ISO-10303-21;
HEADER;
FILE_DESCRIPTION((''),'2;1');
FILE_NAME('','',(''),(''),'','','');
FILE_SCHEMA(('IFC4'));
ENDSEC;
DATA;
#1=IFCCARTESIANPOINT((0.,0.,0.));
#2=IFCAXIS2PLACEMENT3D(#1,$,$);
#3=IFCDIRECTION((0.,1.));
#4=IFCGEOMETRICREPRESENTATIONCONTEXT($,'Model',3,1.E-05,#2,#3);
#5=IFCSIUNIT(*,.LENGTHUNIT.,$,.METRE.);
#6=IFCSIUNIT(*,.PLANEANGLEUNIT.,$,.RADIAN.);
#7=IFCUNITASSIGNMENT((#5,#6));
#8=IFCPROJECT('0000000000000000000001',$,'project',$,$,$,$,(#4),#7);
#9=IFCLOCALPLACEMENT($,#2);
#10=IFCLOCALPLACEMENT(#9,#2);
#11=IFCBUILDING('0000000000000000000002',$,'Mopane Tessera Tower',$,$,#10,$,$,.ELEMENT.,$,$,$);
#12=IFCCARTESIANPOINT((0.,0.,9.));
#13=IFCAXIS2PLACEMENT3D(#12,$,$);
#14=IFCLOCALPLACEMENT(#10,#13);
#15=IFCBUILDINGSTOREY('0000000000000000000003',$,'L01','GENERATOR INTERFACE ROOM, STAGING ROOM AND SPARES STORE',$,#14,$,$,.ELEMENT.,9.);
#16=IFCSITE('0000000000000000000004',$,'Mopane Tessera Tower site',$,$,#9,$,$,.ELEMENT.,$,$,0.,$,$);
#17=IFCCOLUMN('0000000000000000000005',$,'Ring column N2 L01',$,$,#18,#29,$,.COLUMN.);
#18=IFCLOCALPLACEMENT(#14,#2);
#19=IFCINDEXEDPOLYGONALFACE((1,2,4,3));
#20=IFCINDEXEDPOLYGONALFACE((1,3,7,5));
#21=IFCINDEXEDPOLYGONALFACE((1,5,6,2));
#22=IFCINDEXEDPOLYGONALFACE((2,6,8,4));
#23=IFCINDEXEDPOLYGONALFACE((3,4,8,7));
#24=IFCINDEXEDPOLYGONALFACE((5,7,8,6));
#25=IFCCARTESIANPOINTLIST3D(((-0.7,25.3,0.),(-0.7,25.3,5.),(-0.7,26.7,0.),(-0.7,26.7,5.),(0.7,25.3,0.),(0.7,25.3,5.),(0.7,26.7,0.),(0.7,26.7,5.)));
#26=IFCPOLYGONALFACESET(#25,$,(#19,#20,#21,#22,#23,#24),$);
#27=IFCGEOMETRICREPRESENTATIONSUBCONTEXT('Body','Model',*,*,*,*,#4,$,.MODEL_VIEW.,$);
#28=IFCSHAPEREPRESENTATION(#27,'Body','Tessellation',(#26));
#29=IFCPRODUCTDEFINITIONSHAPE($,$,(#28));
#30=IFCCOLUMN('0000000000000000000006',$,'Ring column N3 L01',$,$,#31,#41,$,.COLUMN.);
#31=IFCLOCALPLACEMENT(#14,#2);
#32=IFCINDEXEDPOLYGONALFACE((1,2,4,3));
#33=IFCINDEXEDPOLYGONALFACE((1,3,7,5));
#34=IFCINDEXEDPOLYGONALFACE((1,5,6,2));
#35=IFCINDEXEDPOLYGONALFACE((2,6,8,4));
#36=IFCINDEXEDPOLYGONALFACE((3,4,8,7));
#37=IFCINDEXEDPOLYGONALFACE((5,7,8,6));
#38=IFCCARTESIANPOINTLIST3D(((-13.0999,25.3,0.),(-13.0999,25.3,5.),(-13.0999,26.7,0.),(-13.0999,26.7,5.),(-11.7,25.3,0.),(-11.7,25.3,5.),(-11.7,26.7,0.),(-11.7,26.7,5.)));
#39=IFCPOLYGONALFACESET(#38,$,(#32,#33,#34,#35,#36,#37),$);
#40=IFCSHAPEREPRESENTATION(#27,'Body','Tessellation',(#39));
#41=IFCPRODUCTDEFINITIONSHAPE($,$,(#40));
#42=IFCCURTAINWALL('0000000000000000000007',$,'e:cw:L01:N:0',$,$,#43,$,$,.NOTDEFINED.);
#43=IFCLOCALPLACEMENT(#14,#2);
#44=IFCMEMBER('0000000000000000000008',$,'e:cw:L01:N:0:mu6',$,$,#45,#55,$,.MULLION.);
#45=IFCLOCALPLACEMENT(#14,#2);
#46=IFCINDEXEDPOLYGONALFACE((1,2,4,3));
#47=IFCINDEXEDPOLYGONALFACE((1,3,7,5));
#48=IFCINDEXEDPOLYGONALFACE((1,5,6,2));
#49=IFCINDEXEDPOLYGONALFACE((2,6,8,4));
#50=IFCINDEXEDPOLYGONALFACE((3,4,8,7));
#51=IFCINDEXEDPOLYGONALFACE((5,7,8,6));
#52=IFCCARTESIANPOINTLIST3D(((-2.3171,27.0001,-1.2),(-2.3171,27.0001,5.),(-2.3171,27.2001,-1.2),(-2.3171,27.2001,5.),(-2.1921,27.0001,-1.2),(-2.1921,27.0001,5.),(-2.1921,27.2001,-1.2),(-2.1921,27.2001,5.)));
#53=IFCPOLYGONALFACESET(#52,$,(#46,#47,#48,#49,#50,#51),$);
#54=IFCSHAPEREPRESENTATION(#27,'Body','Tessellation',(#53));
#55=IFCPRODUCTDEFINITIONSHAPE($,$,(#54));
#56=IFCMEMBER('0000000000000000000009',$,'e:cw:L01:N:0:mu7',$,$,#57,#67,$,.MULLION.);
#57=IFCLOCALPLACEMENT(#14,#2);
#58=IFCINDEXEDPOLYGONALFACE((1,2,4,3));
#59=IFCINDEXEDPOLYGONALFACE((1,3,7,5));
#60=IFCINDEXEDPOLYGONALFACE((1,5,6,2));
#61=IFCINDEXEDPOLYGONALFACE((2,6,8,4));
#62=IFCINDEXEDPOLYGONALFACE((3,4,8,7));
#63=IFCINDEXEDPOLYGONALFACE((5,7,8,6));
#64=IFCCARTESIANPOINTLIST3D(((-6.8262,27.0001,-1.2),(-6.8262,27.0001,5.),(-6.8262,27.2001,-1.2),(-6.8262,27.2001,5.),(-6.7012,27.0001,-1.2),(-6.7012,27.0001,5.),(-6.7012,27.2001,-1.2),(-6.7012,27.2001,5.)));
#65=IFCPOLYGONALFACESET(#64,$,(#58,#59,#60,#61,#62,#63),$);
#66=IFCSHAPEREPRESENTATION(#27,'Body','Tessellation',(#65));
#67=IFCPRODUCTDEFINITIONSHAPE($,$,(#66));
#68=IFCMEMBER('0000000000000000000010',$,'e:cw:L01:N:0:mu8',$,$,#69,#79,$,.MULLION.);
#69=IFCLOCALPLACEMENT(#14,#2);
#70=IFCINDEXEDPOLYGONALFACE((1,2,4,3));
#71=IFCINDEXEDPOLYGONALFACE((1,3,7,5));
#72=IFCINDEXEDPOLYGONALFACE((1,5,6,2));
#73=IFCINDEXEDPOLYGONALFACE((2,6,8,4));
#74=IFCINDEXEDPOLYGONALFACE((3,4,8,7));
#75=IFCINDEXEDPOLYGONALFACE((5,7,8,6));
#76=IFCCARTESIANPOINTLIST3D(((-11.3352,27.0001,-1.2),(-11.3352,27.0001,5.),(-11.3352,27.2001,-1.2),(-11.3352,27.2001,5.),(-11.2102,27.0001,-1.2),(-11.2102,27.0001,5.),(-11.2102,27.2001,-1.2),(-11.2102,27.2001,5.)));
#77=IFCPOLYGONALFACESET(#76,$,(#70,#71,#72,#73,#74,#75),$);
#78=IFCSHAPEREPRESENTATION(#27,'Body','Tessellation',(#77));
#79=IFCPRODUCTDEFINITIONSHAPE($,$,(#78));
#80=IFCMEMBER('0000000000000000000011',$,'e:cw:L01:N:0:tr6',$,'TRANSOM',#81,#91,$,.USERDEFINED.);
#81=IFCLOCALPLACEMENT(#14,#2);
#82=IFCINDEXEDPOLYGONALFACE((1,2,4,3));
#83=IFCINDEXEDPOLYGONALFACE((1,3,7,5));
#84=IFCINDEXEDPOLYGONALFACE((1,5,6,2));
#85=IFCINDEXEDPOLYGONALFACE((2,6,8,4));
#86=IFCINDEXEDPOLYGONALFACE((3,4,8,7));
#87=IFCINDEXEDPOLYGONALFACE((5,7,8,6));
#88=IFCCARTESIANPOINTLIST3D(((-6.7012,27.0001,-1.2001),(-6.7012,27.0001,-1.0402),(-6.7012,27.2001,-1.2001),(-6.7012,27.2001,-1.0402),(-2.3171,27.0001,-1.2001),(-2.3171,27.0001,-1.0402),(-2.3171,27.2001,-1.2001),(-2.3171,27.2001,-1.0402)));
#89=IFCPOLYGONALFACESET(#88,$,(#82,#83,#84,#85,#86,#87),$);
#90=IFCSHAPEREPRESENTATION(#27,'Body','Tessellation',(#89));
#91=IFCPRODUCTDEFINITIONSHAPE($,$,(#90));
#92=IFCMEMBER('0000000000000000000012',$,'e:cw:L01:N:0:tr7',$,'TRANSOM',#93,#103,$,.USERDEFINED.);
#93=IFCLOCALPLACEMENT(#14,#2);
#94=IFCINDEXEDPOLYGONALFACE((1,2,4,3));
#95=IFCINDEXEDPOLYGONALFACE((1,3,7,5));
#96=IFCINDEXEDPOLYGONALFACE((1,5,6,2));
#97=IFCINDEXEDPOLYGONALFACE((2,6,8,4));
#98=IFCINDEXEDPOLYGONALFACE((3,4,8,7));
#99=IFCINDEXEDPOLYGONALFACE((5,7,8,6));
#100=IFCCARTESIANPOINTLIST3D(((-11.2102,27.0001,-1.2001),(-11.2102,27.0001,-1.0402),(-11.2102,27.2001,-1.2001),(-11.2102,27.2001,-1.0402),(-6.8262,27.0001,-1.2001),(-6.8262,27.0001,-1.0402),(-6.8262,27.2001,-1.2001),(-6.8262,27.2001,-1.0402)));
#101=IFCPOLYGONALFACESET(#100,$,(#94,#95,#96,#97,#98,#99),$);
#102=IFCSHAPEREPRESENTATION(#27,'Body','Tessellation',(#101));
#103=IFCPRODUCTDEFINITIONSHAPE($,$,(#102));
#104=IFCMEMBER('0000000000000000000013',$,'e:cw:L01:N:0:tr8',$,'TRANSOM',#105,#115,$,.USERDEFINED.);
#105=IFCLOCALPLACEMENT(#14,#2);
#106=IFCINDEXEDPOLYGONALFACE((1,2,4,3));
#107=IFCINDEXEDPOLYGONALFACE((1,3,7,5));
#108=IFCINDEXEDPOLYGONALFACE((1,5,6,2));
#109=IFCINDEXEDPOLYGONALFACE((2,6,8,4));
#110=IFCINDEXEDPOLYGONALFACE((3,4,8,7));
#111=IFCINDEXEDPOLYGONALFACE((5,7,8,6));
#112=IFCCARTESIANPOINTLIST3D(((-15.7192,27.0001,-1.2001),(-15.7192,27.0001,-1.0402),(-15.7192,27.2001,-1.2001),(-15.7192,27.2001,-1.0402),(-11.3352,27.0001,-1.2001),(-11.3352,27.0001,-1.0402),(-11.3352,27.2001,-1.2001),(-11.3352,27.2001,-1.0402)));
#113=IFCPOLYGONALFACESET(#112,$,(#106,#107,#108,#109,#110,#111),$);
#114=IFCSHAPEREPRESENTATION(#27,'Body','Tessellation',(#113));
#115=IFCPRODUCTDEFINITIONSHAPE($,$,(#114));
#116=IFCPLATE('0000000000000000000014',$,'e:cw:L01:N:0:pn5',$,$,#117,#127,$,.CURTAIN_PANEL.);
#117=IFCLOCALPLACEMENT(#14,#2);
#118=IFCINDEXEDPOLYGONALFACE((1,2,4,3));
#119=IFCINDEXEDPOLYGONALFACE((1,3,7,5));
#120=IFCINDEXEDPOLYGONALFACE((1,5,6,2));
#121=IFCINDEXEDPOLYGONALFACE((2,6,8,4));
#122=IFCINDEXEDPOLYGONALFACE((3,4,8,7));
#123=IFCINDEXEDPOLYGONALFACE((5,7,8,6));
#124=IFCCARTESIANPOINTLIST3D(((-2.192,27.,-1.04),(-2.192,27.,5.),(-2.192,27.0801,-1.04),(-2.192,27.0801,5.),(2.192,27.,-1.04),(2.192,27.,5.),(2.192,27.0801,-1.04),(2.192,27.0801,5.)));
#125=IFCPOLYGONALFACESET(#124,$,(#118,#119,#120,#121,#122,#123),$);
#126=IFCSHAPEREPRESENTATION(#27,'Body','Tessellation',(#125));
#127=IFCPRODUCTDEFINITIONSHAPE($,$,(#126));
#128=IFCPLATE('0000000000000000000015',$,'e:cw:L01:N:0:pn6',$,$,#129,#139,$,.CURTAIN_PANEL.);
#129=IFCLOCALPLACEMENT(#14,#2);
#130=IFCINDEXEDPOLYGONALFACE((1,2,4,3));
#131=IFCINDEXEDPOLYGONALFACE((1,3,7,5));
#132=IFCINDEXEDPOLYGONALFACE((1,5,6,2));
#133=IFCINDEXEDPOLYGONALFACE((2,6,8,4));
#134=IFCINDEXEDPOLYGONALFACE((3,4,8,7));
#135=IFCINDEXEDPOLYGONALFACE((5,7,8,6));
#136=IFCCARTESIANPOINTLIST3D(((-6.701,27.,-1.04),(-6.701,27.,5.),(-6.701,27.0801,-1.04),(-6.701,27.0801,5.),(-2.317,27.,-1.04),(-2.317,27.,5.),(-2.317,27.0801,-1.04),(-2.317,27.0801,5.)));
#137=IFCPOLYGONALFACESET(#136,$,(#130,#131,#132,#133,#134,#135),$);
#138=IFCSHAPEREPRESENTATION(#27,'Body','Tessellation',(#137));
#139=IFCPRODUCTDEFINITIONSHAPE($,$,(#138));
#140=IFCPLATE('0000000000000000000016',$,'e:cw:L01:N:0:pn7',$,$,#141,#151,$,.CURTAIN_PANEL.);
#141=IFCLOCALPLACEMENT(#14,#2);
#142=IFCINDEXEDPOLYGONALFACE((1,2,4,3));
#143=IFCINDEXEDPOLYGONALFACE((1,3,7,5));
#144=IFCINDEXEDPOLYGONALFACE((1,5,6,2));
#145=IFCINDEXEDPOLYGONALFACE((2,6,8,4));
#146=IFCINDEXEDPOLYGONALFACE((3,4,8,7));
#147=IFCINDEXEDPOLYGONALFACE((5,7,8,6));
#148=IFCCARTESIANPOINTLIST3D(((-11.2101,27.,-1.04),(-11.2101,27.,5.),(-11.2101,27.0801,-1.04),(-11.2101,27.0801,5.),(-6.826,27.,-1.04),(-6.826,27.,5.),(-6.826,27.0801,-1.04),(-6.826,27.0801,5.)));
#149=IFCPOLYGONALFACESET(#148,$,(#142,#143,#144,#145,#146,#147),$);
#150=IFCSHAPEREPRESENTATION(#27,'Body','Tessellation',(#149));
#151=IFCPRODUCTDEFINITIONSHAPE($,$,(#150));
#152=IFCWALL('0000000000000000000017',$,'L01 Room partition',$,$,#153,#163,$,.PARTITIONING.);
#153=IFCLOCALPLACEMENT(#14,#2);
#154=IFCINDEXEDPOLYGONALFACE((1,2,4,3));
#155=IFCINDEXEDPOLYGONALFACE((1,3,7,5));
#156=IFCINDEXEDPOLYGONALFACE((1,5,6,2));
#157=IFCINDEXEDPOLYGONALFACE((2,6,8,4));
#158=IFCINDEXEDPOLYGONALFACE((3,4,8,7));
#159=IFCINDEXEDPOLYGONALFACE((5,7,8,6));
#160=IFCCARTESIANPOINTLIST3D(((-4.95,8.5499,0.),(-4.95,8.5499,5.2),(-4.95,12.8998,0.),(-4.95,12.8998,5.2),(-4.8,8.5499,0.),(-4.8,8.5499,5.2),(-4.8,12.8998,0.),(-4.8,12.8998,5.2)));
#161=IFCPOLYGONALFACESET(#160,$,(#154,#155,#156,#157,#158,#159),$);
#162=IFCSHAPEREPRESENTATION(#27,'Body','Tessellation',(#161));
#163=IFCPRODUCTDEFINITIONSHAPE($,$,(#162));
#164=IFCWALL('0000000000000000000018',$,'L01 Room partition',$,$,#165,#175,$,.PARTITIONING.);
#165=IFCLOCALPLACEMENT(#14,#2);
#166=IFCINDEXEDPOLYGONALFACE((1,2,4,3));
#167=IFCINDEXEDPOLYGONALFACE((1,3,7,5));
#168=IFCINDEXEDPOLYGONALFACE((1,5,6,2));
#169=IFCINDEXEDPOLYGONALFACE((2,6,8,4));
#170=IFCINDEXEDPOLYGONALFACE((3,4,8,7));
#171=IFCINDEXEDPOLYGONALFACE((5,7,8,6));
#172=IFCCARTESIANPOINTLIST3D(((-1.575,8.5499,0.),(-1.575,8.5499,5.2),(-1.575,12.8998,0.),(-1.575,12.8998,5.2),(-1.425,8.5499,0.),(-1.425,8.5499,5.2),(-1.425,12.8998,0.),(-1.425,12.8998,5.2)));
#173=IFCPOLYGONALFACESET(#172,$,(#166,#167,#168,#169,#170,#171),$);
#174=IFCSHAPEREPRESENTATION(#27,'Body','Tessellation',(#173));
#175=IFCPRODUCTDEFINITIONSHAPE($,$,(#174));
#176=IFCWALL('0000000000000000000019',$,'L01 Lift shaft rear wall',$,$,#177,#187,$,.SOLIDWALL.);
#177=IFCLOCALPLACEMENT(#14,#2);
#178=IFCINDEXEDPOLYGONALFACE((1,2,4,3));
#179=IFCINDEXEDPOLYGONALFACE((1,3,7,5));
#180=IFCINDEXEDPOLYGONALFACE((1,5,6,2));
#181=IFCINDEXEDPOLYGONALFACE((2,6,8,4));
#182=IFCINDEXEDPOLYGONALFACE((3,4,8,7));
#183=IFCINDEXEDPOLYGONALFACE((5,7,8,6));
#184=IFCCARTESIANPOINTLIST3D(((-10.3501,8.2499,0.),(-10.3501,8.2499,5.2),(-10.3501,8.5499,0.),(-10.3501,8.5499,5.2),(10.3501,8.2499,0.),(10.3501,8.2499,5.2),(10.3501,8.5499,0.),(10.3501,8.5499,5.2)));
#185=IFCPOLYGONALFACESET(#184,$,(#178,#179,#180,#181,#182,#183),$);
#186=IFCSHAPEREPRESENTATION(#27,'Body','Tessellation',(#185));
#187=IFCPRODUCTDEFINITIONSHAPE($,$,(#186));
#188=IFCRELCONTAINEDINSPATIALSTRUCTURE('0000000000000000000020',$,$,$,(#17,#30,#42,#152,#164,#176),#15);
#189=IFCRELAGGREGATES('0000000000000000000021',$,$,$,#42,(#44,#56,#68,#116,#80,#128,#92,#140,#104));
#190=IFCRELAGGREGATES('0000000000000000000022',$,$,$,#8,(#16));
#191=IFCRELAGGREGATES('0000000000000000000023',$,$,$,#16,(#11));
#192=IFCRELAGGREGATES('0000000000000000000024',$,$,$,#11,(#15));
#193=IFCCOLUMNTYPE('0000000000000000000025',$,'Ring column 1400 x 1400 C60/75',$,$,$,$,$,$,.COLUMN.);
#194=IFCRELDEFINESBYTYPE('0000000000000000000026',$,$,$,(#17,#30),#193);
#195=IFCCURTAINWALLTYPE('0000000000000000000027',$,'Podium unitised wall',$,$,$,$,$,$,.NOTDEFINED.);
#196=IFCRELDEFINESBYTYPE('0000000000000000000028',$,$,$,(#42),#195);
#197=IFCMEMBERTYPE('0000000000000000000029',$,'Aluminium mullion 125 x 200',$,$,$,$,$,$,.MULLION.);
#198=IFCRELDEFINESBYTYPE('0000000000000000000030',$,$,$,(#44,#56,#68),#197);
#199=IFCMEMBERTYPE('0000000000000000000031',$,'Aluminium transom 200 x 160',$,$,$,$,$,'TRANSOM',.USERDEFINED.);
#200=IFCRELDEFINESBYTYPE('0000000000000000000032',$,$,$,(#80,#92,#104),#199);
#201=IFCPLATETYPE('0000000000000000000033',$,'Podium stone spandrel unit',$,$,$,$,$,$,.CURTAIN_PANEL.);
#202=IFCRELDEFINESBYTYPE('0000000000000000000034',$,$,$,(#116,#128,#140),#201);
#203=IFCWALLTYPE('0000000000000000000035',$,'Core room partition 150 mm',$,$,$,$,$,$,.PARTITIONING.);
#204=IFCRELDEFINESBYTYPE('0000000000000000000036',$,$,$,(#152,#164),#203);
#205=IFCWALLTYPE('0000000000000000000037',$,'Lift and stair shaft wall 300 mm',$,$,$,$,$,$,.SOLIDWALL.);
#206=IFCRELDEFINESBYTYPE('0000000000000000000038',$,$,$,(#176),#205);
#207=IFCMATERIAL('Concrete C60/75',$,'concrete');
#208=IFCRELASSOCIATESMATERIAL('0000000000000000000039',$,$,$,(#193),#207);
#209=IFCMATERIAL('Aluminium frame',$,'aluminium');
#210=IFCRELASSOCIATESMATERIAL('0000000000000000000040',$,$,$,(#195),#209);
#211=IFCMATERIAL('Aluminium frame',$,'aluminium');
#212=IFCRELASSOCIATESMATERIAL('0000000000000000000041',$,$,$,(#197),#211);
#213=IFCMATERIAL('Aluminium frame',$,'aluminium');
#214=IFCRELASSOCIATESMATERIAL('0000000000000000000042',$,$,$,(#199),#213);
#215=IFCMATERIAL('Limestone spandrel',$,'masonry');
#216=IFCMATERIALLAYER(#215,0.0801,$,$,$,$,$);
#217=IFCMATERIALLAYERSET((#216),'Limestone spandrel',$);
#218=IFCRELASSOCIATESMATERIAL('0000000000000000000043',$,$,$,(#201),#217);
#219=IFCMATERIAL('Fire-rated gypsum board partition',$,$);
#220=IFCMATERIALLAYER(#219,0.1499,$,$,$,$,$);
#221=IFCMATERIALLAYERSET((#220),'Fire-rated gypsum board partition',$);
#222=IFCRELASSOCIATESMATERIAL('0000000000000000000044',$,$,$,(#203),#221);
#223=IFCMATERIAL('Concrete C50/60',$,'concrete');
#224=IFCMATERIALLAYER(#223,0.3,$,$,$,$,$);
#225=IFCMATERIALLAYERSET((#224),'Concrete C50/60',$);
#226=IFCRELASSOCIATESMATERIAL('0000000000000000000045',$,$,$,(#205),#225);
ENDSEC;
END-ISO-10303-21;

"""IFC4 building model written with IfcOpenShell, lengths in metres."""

from ifc_helpers import new_model, si_unit, direction, frame, frame_2d, origin, origin_2d, place, context, subcontext, project, spatial, rectangle, extrude, material, layer, layer_set, material_profile, profile_set, type_object, element, aggregate, save


model = new_model("IFC4")

# Units and contexts
model_context = context("Model", 3, precision=1e-05, world=origin(), true_north=direction((0.0, 1.0)))
body_context = subcontext(model_context, "Body", "Model", "MODEL_VIEW")
ifc_project = project(units=[si_unit("LENGTHUNIT", "METRE"), si_unit("PLANEANGLEUNIT", "RADIAN")], contexts=[model_context])

# Site, building, storey
site_placement = place(None, origin())
site = spatial("IfcSite", under=ifc_project, at=site_placement, Name="Mopane Tessera Tower site", CompositionType="ELEMENT", RefElevation=0.0)
building_placement = place(site_placement, origin())
building = spatial("IfcBuilding", under=site, at=building_placement, Name="Mopane Tessera Tower", CompositionType="ELEMENT")
storey_placement = place(building_placement, frame((0.0, 0.0, 9.0)))
storey = spatial("IfcBuildingStorey", under=building, at=storey_placement, Name="L01", Description="GENERATOR INTERFACE ROOM, STAGING ROOM AND SPARES STORE", CompositionType="ELEMENT", Elevation=9.0)

# Columns
ifc_material_1 = material(Name="Concrete C60/75", Category="concrete")
ifc_material_profile_1 = material_profile(ifc_material_1, rectangle(XDim=1.3999, YDim=1.3999, at=origin_2d()))
ifc_profile_set_1 = profile_set([ifc_material_profile_1], Name="Concrete C60/75")
column_type = type_object("IfcColumnType", Name="Ring column 1400 x 1400 C60/75", PredefinedType="COLUMN", material=ifc_profile_set_1)
for number, where, z_axis, x_axis, name in (
    (1, (0.0, 26.0, 0.0), (0.0, 0.0, 1.0), (1.0, 0.0, 0.0), "Ring column N2 L01"),
    (2, (-12.3999, 26.0, 0.0), (0.0, 0.0, 1.0), (1.0, 0.0, 0.0), "Ring column N3 L01"),
):
    element("IfcColumn", number, at=place(storey_placement, frame(where, z_axis=z_axis, x_axis=x_axis)), inside=storey, type_object=column_type, Name=name, PredefinedType="COLUMN", context=body_context, shape_type="SweptSolid", body=[
        extrude(rectangle(XDim=1.3999, YDim=1.3999, at=origin_2d()), origin(), (0.0, 0.0, 1.0), 5.0),
    ])

# Curtain wall, members, plates
ifc_material_2 = material(Name="Aluminium frame", Category="aluminium")
curtain_wall_type = type_object("IfcCurtainWallType", Name="Podium unitised wall", PredefinedType="NOTDEFINED", material=ifc_material_2)
curtain_wall_placement = place(storey_placement, origin())
curtain_wall = element("IfcCurtainWall", 3, at=curtain_wall_placement, inside=storey, type_object=curtain_wall_type, Name="e:cw:L01:N:0", PredefinedType="NOTDEFINED")
ifc_material_3 = material(Name="Aluminium frame", Category="aluminium")
ifc_material_profile_2 = material_profile(ifc_material_3, rectangle(XDim=0.125, YDim=0.2, at=origin_2d()))
ifc_profile_set_2 = profile_set([ifc_material_profile_2], Name="Aluminium frame")
member_type_1 = type_object("IfcMemberType", Name="Aluminium mullion 125 x 200", PredefinedType="MULLION", material=ifc_profile_set_2)
member_1_placement = place(storey_placement, frame((-2.2546, 27.1001, -1.2), z_axis=(0.0, 0.0, 1.0), x_axis=(-1.0, 0.0, 0.0)))
member_1 = element("IfcMember", 4, at=member_1_placement, type_object=member_type_1, Name="e:cw:L01:N:0:mu6", PredefinedType="MULLION", context=body_context, shape_type="SweptSolid", body=[
    extrude(rectangle(XDim=0.125, YDim=0.2, at=origin_2d()), origin(), (0.0, 0.0, 1.0), 6.2),
])
member_2_placement = place(storey_placement, frame((-6.7637, 27.1001, -1.2), z_axis=(0.0, 0.0, 1.0), x_axis=(-1.0, 0.0, 0.0)))
member_2 = element("IfcMember", 5, at=member_2_placement, type_object=member_type_1, Name="e:cw:L01:N:0:mu7", PredefinedType="MULLION", context=body_context, shape_type="SweptSolid", body=[
    extrude(rectangle(XDim=0.125, YDim=0.2, at=origin_2d()), origin(), (0.0, 0.0, 1.0), 6.2),
])
member_3_placement = place(storey_placement, frame((-11.2727, 27.1001, -1.2), z_axis=(0.0, 0.0, 1.0), x_axis=(-1.0, 0.0, 0.0)))
member_3 = element("IfcMember", 6, at=member_3_placement, type_object=member_type_1, Name="e:cw:L01:N:0:mu8", PredefinedType="MULLION", context=body_context, shape_type="SweptSolid", body=[
    extrude(rectangle(XDim=0.125, YDim=0.2, at=origin_2d()), origin(), (0.0, 0.0, 1.0), 6.2),
])
ifc_material_4 = material(Name="Aluminium frame", Category="aluminium")
ifc_material_profile_3 = material_profile(ifc_material_4, rectangle(XDim=0.2, YDim=0.1599, at=origin_2d()))
ifc_profile_set_3 = profile_set([ifc_material_profile_3], Name="Aluminium frame")
member_type_2 = type_object("IfcMemberType", Name="Aluminium transom 200 x 160", ElementType="TRANSOM", PredefinedType="USERDEFINED", material=ifc_profile_set_3)
member_4_placement = place(storey_placement, frame((-2.3171, 27.1001, -1.1201), z_axis=(-1.0, 0.0, 0.0), x_axis=(0.0, -1.0, 0.0)))
member_4 = element("IfcMember", 7, at=member_4_placement, type_object=member_type_2, Name="e:cw:L01:N:0:tr6", ObjectType="TRANSOM", PredefinedType="USERDEFINED", context=body_context, shape_type="SweptSolid", body=[
    extrude(rectangle(XDim=0.2, YDim=0.1599, at=origin_2d()), origin(), (0.0, 0.0, 1.0), 4.384),
])
member_5_placement = place(storey_placement, frame((-6.8262, 27.1001, -1.1201), z_axis=(-1.0, 0.0, 0.0), x_axis=(0.0, -1.0, 0.0)))
member_5 = element("IfcMember", 8, at=member_5_placement, type_object=member_type_2, Name="e:cw:L01:N:0:tr7", ObjectType="TRANSOM", PredefinedType="USERDEFINED", context=body_context, shape_type="SweptSolid", body=[
    extrude(rectangle(XDim=0.2, YDim=0.1599, at=origin_2d()), origin(), (0.0, 0.0, 1.0), 4.384),
])
member_6_placement = place(storey_placement, frame((-11.3352, 27.1001, -1.1201), z_axis=(-1.0, 0.0, 0.0), x_axis=(0.0, -1.0, 0.0)))
member_6 = element("IfcMember", 9, at=member_6_placement, type_object=member_type_2, Name="e:cw:L01:N:0:tr8", ObjectType="TRANSOM", PredefinedType="USERDEFINED", context=body_context, shape_type="SweptSolid", body=[
    extrude(rectangle(XDim=0.2, YDim=0.1599, at=origin_2d()), origin(), (0.0, 0.0, 1.0), 4.384),
])
ifc_material_5 = material(Name="Limestone spandrel", Category="masonry")
ifc_layer_1 = layer(ifc_material_5, 0.0801)
ifc_layer_set_1 = layer_set([ifc_layer_1], Name="Limestone spandrel")
plate_type = type_object("IfcPlateType", Name="Podium stone spandrel unit", PredefinedType="CURTAIN_PANEL", material=ifc_layer_set_1)
plate_1_placement = place(storey_placement, frame((0.0, 27.04, -1.04), z_axis=(0.0, 0.0, 1.0), x_axis=(-1.0, 0.0, 0.0)))
plate_1 = element("IfcPlate", 10, at=plate_1_placement, type_object=plate_type, Name="e:cw:L01:N:0:pn5", PredefinedType="CURTAIN_PANEL", context=body_context, shape_type="SweptSolid", body=[
    extrude(rectangle(XDim=4.384, YDim=0.0801, at=origin_2d()), origin(), (0.0, 0.0, 1.0), 6.04),
])
plate_2_placement = place(storey_placement, frame((-4.509, 27.04, -1.04), z_axis=(0.0, 0.0, 1.0), x_axis=(-1.0, 0.0, 0.0)))
plate_2 = element("IfcPlate", 11, at=plate_2_placement, type_object=plate_type, Name="e:cw:L01:N:0:pn6", PredefinedType="CURTAIN_PANEL", context=body_context, shape_type="SweptSolid", body=[
    extrude(rectangle(XDim=4.384, YDim=0.0801, at=origin_2d()), origin(), (0.0, 0.0, 1.0), 6.04),
])
plate_3_placement = place(storey_placement, frame((-9.0181, 27.04, -1.04), z_axis=(0.0, 0.0, 1.0), x_axis=(-1.0, 0.0, 0.0)))
plate_3 = element("IfcPlate", 12, at=plate_3_placement, type_object=plate_type, Name="e:cw:L01:N:0:pn7", PredefinedType="CURTAIN_PANEL", context=body_context, shape_type="SweptSolid", body=[
    extrude(rectangle(XDim=4.384, YDim=0.0801, at=origin_2d()), origin(), (0.0, 0.0, 1.0), 6.04),
])
aggregate(curtain_wall, [member_1, member_2, member_3, plate_1, member_4, plate_2, member_5, plate_3, member_6])

# Walls
ifc_material_6 = material(Name="Fire-rated gypsum board partition")
ifc_layer_2 = layer(ifc_material_6, 0.1499)
ifc_layer_set_2 = layer_set([ifc_layer_2], Name="Fire-rated gypsum board partition")
wall_type_1 = type_object("IfcWallType", Name="Core room partition 150 mm", PredefinedType="PARTITIONING", material=ifc_layer_set_2)
for number, where, z_axis, x_axis, name in (
    (13, (-4.875, 8.55, 0.0), (0.0, 0.0, 1.0), (0.0, 1.0, 0.0), "L01 Room partition"),
    (14, (-1.5, 8.55, 0.0), (0.0, 0.0, 1.0), (0.0, 1.0, 0.0), "L01 Room partition"),
):
    element("IfcWall", number, at=place(storey_placement, frame(where, z_axis=z_axis, x_axis=x_axis)), inside=storey, type_object=wall_type_1, Name=name, PredefinedType="PARTITIONING", context=body_context, shape_type="SweptSolid", body=[
        extrude(rectangle(XDim=4.3499, YDim=0.1499, at=frame_2d((2.1748, 0.0))), origin(), (0.0, 0.0, 1.0), 5.2),
    ])
ifc_material_7 = material(Name="Concrete C50/60", Category="concrete")
ifc_layer_3 = layer(ifc_material_7, 0.3)
ifc_layer_set_3 = layer_set([ifc_layer_3], Name="Concrete C50/60")
wall_type_2 = type_object("IfcWallType", Name="Lift and stair shaft wall 300 mm", PredefinedType="SOLIDWALL", material=ifc_layer_set_3)
wall_1_placement = place(storey_placement, frame((-10.3501, 8.3999, 0.0), z_axis=(0.0, 0.0, 1.0), x_axis=(1.0, 0.0, 0.0)))
element("IfcWall", 15, at=wall_1_placement, inside=storey, type_object=wall_type_2, Name="L01 Lift shaft rear wall", PredefinedType="SOLIDWALL", context=body_context, shape_type="SweptSolid", body=[
    extrude(rectangle(XDim=20.7002, YDim=0.3, at=frame_2d((10.3501, 0.0))), origin(), (0.0, 0.0, 1.0), 5.2),
])

save(model, "model.ifc")
